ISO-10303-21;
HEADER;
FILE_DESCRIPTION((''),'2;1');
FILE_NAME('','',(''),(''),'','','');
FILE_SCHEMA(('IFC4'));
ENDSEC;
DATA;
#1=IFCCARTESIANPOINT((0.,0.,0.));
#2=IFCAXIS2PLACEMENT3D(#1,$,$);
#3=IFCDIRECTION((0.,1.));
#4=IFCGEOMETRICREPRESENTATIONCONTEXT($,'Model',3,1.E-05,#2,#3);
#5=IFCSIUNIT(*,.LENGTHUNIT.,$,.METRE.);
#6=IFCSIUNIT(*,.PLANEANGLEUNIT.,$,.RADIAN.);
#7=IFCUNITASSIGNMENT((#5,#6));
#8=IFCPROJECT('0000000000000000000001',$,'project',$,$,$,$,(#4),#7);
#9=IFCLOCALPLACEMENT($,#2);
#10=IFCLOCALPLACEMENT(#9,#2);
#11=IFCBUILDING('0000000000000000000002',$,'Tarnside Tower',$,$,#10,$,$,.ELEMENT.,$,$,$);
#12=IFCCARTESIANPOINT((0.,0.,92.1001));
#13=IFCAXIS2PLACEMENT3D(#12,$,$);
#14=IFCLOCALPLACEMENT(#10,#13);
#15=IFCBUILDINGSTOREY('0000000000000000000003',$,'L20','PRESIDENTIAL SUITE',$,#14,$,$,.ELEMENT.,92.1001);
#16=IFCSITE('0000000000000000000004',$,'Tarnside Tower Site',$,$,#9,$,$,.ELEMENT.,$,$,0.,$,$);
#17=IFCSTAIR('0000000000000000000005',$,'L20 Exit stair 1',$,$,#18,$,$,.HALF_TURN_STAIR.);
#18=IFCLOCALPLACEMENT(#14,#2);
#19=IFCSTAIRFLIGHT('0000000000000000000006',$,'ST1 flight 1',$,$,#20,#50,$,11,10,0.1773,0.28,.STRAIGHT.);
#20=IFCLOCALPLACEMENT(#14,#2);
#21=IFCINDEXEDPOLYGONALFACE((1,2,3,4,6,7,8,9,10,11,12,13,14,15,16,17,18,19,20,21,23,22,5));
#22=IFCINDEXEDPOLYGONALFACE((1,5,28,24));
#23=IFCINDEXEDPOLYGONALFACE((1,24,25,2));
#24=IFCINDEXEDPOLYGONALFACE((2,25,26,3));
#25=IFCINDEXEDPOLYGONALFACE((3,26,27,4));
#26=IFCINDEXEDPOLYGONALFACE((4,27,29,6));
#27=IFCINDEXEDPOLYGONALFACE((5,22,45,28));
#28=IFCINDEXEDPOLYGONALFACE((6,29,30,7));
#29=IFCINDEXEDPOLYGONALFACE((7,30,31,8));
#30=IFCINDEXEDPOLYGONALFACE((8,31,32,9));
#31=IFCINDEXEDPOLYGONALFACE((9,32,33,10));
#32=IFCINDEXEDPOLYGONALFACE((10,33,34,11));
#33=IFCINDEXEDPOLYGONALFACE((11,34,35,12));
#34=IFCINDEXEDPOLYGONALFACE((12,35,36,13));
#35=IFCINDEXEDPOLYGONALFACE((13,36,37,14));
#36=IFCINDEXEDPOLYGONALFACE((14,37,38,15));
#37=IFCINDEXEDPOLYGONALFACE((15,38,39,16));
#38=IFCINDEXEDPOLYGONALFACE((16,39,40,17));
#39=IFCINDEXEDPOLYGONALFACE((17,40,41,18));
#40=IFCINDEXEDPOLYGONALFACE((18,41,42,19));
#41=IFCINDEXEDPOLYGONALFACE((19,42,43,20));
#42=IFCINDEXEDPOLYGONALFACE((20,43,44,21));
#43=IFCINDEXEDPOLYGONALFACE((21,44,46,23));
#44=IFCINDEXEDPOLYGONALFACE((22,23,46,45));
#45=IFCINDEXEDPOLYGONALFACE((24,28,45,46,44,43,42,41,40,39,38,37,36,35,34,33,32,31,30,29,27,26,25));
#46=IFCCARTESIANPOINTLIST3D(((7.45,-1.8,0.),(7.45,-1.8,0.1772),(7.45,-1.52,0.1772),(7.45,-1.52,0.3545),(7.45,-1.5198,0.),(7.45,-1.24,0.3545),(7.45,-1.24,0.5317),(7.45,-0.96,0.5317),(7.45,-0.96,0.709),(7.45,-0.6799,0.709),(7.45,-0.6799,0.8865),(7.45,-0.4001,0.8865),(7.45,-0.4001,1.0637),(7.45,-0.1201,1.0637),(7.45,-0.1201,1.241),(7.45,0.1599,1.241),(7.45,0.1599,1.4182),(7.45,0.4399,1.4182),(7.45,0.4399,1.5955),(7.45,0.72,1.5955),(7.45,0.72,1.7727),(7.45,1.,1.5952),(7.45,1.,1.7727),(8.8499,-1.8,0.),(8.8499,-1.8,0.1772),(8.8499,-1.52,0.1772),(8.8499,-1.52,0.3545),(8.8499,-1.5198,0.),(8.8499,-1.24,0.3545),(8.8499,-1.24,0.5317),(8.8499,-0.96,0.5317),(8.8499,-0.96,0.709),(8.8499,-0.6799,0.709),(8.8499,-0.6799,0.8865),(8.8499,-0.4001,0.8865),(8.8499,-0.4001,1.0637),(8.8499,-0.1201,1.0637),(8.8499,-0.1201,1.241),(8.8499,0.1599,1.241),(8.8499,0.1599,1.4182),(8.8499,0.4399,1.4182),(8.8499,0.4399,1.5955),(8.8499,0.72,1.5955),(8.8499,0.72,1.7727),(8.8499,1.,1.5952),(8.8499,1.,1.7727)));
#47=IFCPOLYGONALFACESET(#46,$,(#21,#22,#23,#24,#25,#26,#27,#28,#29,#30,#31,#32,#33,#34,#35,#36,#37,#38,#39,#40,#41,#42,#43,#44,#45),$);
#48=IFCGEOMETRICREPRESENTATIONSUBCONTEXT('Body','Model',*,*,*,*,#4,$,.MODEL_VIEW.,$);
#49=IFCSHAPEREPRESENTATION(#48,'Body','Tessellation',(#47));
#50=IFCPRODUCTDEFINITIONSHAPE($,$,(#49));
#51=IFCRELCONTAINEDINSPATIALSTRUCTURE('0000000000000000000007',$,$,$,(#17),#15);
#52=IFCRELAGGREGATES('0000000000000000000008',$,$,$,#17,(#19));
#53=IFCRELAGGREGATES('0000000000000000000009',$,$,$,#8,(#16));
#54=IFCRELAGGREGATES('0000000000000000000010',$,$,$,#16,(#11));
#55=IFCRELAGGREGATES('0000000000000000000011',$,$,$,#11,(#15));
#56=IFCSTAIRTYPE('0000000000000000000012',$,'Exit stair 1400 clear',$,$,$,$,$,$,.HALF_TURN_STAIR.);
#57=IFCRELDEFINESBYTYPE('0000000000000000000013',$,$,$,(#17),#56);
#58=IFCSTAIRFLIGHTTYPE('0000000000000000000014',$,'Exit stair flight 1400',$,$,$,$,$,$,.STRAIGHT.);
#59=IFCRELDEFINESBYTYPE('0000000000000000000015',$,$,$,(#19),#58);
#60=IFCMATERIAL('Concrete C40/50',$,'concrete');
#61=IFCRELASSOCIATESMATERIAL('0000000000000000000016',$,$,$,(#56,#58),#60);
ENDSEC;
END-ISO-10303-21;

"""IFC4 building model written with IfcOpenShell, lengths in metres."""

from ifc_helpers import new_model, si_unit, direction, frame, origin, place, context, subcontext, project, spatial, polyline, outline, extrude, material, type_object, element, aggregate, save


model = new_model("IFC4")

# Units and contexts
model_context = context("Model", 3, precision=1e-05, world=origin(), true_north=direction((0.0, 1.0)))
body_context = subcontext(model_context, "Body", "Model", "MODEL_VIEW")
ifc_project = project(units=[si_unit("LENGTHUNIT", "METRE"), si_unit("PLANEANGLEUNIT", "RADIAN")], contexts=[model_context])

# Site, building, storey
site_placement = place(None, origin())
site = spatial("IfcSite", under=ifc_project, at=site_placement, Name="Tarnside Tower Site", CompositionType="ELEMENT", RefElevation=0.0)
building_placement = place(site_placement, origin())
building = spatial("IfcBuilding", under=site, at=building_placement, Name="Tarnside Tower", CompositionType="ELEMENT")
storey_placement = place(building_placement, frame((0.0, 0.0, 92.1001)))
storey = spatial("IfcBuildingStorey", under=building, at=storey_placement, Name="L20", Description="PRESIDENTIAL SUITE", CompositionType="ELEMENT", Elevation=92.1001)

# Shared definitions
ifc_material_1 = material(Name="Concrete C40/50", Category="concrete")

# Shared definitions
stair_type = type_object("IfcStairType", Name="Exit stair 1400 clear", PredefinedType="HALF_TURN_STAIR", material=ifc_material_1)

# Stair, stair flight
stair_1_placement = place(storey_placement, origin())
stair_1 = element("IfcStair", 1, at=stair_1_placement, inside=storey, type_object=stair_type, Name="L20 Exit stair 1", PredefinedType="HALF_TURN_STAIR")
stair_flight_type = type_object("IfcStairFlightType", Name="Exit stair flight 1400", PredefinedType="STRAIGHT", material=ifc_material_1)
stair_flight_placement = place(storey_placement, frame((8.1499, -1.8, 0.0), z_axis=(0.0, 0.0, 1.0), x_axis=(0.0, 1.0, 0.0)))
stair_flight = element("IfcStairFlight", 2, at=stair_flight_placement, type_object=stair_flight_type, Name="ST1 flight 1", NumberOfRisers=11, NumberOfTreads=10, PredefinedType="STRAIGHT", RiserHeight=0.1773, TreadLength=0.28, context=body_context, shape_type="SweptSolid", body=[
    extrude(outline(polyline([(0.0, 0.0), (0.0, 0.1772), (0.28, 0.1772), (0.28, 0.3545), (0.5601, 0.3545), (0.5601, 0.5317), (0.8401, 0.5317), (0.8401, 0.709), (1.1201, 0.709), (1.1201, 0.8865), (1.3999, 0.8865), (1.3999, 1.0637), (1.6799, 1.0637), (1.6799, 1.241), (1.96, 1.241), (1.96, 1.4182), (2.24, 1.4182), (2.24, 1.5955), (2.52, 1.5955), (2.52, 1.7727), (2.8, 1.7727), (2.8, 1.95), (2.8, 1.5952), (0.2803, 0.0), (0.0, 0.0)])), frame((0.0, 0.7, 0.0), z_axis=(0.0, -1.0, 0.0), x_axis=(1.0, 0.0, 0.0)), (0.0, 0.0, 1.0), 1.3999),
])
aggregate(stair_1, [stair_flight])

save(model, "model.ifc")
